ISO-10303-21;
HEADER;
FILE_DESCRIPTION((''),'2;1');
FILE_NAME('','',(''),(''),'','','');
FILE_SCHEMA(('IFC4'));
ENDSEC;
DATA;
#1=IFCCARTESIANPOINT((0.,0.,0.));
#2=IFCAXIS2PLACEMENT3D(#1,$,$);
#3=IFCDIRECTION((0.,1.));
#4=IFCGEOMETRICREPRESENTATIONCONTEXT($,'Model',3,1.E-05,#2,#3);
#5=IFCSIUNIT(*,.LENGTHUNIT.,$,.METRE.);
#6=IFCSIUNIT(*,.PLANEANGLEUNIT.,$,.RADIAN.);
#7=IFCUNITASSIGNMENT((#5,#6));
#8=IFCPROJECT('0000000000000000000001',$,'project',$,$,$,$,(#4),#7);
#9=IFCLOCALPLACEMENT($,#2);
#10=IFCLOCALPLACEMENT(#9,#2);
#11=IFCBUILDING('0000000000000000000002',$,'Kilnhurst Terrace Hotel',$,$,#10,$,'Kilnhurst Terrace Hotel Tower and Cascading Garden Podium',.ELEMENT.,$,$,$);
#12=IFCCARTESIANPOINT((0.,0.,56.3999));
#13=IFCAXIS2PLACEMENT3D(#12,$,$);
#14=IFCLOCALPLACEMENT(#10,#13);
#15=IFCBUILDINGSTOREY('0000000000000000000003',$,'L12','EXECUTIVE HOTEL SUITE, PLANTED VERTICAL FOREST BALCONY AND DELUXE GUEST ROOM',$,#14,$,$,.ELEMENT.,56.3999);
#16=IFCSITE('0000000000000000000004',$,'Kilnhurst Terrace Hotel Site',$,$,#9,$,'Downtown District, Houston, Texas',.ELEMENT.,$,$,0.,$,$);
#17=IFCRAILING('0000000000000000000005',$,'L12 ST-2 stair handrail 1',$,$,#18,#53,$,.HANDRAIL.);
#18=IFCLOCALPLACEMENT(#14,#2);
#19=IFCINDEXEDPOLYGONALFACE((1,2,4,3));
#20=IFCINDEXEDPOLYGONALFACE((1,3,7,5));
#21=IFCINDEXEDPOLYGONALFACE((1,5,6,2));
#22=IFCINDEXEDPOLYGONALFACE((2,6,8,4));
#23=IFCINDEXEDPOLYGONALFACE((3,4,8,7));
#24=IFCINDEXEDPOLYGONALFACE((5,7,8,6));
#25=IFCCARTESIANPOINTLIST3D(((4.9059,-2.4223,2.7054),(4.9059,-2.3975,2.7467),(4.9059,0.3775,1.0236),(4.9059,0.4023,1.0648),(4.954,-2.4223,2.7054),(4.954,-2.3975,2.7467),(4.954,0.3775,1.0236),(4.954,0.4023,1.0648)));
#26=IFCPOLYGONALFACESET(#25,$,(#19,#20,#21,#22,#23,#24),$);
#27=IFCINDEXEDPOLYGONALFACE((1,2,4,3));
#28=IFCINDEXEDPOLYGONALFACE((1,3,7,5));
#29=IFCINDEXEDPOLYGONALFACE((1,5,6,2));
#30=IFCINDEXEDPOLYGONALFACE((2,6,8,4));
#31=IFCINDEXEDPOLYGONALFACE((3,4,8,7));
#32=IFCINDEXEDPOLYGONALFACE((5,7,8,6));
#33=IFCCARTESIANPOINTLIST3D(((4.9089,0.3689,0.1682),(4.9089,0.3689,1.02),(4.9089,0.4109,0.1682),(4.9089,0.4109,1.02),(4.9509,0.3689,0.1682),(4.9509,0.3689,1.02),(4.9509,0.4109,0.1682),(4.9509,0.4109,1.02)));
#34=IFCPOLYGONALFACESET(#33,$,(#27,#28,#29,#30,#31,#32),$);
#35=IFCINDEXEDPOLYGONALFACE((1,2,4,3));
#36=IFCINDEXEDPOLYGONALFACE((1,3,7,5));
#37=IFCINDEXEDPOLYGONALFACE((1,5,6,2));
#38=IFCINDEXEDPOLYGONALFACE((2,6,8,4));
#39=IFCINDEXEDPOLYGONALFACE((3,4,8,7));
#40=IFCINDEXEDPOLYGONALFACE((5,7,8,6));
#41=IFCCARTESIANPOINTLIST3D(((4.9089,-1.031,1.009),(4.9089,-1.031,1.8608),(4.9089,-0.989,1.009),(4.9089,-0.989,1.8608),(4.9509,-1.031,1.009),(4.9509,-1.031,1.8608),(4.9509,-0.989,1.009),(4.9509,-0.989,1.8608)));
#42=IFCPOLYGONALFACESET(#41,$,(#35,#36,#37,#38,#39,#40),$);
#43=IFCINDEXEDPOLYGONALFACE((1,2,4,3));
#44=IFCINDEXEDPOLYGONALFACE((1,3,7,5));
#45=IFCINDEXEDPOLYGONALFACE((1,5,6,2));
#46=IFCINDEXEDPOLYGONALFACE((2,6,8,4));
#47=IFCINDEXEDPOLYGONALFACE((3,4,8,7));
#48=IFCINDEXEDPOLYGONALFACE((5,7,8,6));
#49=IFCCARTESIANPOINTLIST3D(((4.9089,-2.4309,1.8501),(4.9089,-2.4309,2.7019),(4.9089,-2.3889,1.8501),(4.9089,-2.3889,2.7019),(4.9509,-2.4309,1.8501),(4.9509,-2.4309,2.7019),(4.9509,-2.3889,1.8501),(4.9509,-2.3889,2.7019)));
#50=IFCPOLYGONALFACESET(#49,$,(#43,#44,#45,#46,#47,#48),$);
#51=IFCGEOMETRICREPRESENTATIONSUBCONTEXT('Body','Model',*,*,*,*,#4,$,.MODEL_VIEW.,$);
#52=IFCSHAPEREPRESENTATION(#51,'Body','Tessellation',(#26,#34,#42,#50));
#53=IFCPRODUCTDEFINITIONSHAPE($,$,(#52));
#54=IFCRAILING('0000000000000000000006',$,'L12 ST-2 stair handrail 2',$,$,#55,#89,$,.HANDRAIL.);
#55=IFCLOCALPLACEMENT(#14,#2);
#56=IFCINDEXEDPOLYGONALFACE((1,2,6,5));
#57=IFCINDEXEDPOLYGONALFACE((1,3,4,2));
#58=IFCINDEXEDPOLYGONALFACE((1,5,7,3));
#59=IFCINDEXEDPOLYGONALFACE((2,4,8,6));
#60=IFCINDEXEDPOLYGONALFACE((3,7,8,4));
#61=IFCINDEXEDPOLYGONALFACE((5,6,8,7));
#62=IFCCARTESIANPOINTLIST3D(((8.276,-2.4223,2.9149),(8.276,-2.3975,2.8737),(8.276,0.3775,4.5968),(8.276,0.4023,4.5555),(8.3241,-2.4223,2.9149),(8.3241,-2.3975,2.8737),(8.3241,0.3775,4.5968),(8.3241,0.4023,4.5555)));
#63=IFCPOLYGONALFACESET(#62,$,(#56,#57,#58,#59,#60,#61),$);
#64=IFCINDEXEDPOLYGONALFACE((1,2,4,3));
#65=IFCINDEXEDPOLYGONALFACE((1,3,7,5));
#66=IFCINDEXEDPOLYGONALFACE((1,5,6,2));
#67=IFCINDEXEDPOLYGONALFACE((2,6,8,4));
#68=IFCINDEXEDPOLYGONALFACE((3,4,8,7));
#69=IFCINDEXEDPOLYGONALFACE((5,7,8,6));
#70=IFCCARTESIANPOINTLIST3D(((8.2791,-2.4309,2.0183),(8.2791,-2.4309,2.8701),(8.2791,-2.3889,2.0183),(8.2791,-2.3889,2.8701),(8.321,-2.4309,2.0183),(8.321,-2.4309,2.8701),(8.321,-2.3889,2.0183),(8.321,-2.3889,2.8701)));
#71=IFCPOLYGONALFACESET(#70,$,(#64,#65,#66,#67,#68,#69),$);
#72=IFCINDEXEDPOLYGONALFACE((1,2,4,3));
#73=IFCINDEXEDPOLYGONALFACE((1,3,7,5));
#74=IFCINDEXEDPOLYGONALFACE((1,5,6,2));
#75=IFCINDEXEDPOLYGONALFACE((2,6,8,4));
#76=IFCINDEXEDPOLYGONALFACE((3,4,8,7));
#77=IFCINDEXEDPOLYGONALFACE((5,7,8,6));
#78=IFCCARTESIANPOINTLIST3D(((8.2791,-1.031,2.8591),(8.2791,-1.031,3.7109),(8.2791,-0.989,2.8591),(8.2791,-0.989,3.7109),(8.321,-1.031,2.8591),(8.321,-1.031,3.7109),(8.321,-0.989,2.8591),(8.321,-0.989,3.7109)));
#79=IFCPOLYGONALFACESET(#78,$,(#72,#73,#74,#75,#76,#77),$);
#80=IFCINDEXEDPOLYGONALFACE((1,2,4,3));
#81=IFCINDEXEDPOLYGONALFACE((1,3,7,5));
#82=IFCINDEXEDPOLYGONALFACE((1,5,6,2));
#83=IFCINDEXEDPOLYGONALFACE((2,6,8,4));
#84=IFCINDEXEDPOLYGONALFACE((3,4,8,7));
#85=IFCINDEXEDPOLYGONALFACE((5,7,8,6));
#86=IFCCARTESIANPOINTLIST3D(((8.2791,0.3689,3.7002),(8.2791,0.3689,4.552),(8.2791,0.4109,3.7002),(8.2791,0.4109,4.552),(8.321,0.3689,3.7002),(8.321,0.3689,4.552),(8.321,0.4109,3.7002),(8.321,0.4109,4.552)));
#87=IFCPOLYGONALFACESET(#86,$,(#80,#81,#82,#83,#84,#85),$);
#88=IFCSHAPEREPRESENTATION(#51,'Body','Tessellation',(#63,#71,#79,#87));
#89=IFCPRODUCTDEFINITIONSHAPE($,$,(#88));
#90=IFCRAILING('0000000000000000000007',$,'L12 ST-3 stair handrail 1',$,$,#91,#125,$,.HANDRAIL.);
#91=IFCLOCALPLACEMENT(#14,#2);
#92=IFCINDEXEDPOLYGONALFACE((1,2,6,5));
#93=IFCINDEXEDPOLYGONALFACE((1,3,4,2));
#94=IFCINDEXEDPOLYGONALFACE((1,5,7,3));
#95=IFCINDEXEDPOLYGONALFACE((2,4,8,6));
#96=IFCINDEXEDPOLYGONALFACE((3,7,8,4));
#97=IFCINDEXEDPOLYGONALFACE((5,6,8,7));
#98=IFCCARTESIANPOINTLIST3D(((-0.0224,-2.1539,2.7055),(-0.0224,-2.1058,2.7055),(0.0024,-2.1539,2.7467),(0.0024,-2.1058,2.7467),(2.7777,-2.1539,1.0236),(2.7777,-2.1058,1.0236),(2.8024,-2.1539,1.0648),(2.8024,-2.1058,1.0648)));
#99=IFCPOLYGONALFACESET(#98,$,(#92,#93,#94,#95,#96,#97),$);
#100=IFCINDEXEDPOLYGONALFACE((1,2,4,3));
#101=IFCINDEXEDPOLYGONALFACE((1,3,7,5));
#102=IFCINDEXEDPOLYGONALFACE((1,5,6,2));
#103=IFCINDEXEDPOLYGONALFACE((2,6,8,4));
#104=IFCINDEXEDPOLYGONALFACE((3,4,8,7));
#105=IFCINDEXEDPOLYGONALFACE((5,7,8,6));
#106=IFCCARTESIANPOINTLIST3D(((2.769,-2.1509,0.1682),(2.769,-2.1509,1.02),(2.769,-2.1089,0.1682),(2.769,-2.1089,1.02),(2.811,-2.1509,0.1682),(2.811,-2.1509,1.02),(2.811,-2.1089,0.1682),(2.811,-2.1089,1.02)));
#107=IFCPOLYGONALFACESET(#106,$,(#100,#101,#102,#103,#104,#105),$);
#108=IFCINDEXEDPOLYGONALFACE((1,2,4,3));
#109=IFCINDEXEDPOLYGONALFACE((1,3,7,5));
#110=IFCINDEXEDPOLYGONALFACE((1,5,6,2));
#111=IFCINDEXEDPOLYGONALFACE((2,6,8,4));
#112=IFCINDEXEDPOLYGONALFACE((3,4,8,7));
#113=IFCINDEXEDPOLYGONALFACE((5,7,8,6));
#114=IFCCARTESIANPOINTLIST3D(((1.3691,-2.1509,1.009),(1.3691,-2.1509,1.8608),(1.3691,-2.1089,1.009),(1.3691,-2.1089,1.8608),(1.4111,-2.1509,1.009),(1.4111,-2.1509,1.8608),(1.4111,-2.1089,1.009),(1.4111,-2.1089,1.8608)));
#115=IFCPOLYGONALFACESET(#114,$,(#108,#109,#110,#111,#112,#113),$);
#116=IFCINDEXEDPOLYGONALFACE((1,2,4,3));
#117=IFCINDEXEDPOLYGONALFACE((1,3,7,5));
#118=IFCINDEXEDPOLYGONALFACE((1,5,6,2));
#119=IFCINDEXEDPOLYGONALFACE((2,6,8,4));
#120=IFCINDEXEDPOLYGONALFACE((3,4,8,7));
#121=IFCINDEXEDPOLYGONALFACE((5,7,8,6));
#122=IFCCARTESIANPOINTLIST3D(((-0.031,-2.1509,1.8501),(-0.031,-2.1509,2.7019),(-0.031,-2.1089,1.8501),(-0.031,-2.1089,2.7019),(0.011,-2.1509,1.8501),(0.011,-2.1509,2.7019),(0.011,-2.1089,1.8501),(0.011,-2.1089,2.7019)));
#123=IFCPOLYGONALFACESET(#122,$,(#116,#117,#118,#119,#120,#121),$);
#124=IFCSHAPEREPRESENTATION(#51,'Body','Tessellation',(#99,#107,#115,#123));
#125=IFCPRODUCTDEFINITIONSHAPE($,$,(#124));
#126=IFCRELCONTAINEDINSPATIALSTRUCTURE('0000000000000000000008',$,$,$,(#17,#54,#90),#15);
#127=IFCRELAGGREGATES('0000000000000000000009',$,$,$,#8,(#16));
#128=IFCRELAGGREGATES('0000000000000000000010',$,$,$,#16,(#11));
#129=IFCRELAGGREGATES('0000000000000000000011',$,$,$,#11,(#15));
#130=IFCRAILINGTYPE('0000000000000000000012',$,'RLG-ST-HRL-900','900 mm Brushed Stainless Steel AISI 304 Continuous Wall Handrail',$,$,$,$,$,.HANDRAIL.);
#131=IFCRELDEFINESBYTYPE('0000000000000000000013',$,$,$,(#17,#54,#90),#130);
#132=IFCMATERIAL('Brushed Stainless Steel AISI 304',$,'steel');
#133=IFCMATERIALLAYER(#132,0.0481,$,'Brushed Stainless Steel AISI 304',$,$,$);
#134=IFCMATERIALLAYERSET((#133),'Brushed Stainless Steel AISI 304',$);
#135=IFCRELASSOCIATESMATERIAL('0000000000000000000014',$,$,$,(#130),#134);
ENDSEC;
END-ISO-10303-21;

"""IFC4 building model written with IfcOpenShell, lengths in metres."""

from ifc_helpers import new_model, si_unit, direction, frame, origin, origin_2d, place, context, subcontext, project, spatial, rectangle, extrude, material, layer, layer_set, type_object, element, save


model = new_model("IFC4")

# Units and contexts
model_context = context("Model", 3, precision=1e-05, world=origin(), true_north=direction((0.0, 1.0)))
body_context = subcontext(model_context, "Body", "Model", "MODEL_VIEW")
ifc_project = project(units=[si_unit("LENGTHUNIT", "METRE"), si_unit("PLANEANGLEUNIT", "RADIAN")], contexts=[model_context])

# Site, building, storey
site_placement = place(None, origin())
site = spatial("IfcSite", under=ifc_project, at=site_placement, Name="Kilnhurst Terrace Hotel Site", LongName="Downtown District, Houston, Texas", CompositionType="ELEMENT", RefElevation=0.0)
building_placement = place(site_placement, origin())
building = spatial("IfcBuilding", under=site, at=building_placement, Name="Kilnhurst Terrace Hotel", LongName="Kilnhurst Terrace Hotel Tower and Cascading Garden Podium", CompositionType="ELEMENT")
storey_placement = place(building_placement, frame((0.0, 0.0, 56.3999)))
storey = spatial("IfcBuildingStorey", under=building, at=storey_placement, Name="L12", Description="EXECUTIVE HOTEL SUITE, PLANTED VERTICAL FOREST BALCONY AND DELUXE GUEST ROOM", CompositionType="ELEMENT", Elevation=56.3999)

# Railings
ifc_material_1 = material(Name="Brushed Stainless Steel AISI 304", Category="steel")
ifc_layer_1 = layer(ifc_material_1, 0.0481, Name="Brushed Stainless Steel AISI 304")
ifc_layer_set_1 = layer_set([ifc_layer_1], Name="Brushed Stainless Steel AISI 304")
railing_type_1 = type_object("IfcRailingType", Name="RLG-ST-HRL-900", Description="900 mm Brushed Stainless Steel AISI 304 Continuous Wall Handrail", PredefinedType="HANDRAIL", material=ifc_layer_set_1)
railing_1_placement = place(storey_placement, frame((4.9299, 0.3899, 0.1682)))
element("IfcRailing", 1, at=railing_1_placement, inside=storey, type_object=railing_type_1, Name="L12 ST-2 stair handrail 1", PredefinedType="HANDRAIL", context=body_context, shape_type="SweptSolid", body=[
    extrude(rectangle(XDim=0.0481, YDim=0.0481, at=origin_2d()), frame((0.0, 0.0, 0.876), z_axis=(0.0, -0.857222, 0.514946), x_axis=(1.0, 0.0, 0.0)), (0.0, 0.0, 1.0), 3.2661),
    extrude(rectangle(XDim=0.042, YDim=0.042, at=origin_2d()), origin(), (0.0, 0.0, 1.0), 0.8518),
    extrude(rectangle(XDim=0.042, YDim=0.042, at=origin_2d()), frame((0.0, -1.3999, 0.8408)), (0.0, 0.0, 1.0), 0.8518),
    extrude(rectangle(XDim=0.042, YDim=0.042, at=origin_2d()), frame((0.0, -2.7998, 1.6819)), (0.0, 0.0, 1.0), 0.8518),
])
railing_2_placement = place(storey_placement, frame((8.3, -2.4099, 2.0183)))
element("IfcRailing", 2, at=railing_2_placement, inside=storey, type_object=railing_type_1, Name="L12 ST-2 stair handrail 2", PredefinedType="HANDRAIL", context=body_context, shape_type="SweptSolid", body=[
    extrude(rectangle(XDim=0.0481, YDim=0.0481, at=origin_2d()), frame((0.0, 0.0, 0.876), z_axis=(0.0, 0.857222, 0.514946), x_axis=(-1.0, 0.0, 0.0)), (0.0, 0.0, 1.0), 3.2661),
    extrude(rectangle(XDim=0.042, YDim=0.042, at=origin_2d()), origin(), (0.0, 0.0, 1.0), 0.8518),
    extrude(rectangle(XDim=0.042, YDim=0.042, at=origin_2d()), frame((0.0, 1.3999, 0.8408)), (0.0, 0.0, 1.0), 0.8518),
    extrude(rectangle(XDim=0.042, YDim=0.042, at=origin_2d()), frame((0.0, 2.7998, 1.6819)), (0.0, 0.0, 1.0), 0.8518),
])
railing_3_placement = place(storey_placement, frame((2.79, -2.1299, 0.1682)))
element("IfcRailing", 3, at=railing_3_placement, inside=storey, type_object=railing_type_1, Name="L12 ST-3 stair handrail 1", PredefinedType="HANDRAIL", context=body_context, shape_type="SweptSolid", body=[
    extrude(rectangle(XDim=0.0481, YDim=0.0481, at=origin_2d()), frame((0.0, 0.0, 0.876), z_axis=(-0.857242, 0.0, 0.514913), x_axis=(0.0, -1.0, 0.0)), (0.0, 0.0, 1.0), 3.2664),
    extrude(rectangle(XDim=0.042, YDim=0.042, at=origin_2d()), origin(), (0.0, 0.0, 1.0), 0.8518),
    extrude(rectangle(XDim=0.042, YDim=0.042, at=origin_2d()), frame((-1.3999, 0.0, 0.8408)), (0.0, 0.0, 1.0), 0.8518),
    extrude(rectangle(XDim=0.042, YDim=0.042, at=origin_2d()), frame((-2.8, 0.0, 1.6819)), (0.0, 0.0, 1.0), 0.8518),
])

save(model, "model.ifc")
